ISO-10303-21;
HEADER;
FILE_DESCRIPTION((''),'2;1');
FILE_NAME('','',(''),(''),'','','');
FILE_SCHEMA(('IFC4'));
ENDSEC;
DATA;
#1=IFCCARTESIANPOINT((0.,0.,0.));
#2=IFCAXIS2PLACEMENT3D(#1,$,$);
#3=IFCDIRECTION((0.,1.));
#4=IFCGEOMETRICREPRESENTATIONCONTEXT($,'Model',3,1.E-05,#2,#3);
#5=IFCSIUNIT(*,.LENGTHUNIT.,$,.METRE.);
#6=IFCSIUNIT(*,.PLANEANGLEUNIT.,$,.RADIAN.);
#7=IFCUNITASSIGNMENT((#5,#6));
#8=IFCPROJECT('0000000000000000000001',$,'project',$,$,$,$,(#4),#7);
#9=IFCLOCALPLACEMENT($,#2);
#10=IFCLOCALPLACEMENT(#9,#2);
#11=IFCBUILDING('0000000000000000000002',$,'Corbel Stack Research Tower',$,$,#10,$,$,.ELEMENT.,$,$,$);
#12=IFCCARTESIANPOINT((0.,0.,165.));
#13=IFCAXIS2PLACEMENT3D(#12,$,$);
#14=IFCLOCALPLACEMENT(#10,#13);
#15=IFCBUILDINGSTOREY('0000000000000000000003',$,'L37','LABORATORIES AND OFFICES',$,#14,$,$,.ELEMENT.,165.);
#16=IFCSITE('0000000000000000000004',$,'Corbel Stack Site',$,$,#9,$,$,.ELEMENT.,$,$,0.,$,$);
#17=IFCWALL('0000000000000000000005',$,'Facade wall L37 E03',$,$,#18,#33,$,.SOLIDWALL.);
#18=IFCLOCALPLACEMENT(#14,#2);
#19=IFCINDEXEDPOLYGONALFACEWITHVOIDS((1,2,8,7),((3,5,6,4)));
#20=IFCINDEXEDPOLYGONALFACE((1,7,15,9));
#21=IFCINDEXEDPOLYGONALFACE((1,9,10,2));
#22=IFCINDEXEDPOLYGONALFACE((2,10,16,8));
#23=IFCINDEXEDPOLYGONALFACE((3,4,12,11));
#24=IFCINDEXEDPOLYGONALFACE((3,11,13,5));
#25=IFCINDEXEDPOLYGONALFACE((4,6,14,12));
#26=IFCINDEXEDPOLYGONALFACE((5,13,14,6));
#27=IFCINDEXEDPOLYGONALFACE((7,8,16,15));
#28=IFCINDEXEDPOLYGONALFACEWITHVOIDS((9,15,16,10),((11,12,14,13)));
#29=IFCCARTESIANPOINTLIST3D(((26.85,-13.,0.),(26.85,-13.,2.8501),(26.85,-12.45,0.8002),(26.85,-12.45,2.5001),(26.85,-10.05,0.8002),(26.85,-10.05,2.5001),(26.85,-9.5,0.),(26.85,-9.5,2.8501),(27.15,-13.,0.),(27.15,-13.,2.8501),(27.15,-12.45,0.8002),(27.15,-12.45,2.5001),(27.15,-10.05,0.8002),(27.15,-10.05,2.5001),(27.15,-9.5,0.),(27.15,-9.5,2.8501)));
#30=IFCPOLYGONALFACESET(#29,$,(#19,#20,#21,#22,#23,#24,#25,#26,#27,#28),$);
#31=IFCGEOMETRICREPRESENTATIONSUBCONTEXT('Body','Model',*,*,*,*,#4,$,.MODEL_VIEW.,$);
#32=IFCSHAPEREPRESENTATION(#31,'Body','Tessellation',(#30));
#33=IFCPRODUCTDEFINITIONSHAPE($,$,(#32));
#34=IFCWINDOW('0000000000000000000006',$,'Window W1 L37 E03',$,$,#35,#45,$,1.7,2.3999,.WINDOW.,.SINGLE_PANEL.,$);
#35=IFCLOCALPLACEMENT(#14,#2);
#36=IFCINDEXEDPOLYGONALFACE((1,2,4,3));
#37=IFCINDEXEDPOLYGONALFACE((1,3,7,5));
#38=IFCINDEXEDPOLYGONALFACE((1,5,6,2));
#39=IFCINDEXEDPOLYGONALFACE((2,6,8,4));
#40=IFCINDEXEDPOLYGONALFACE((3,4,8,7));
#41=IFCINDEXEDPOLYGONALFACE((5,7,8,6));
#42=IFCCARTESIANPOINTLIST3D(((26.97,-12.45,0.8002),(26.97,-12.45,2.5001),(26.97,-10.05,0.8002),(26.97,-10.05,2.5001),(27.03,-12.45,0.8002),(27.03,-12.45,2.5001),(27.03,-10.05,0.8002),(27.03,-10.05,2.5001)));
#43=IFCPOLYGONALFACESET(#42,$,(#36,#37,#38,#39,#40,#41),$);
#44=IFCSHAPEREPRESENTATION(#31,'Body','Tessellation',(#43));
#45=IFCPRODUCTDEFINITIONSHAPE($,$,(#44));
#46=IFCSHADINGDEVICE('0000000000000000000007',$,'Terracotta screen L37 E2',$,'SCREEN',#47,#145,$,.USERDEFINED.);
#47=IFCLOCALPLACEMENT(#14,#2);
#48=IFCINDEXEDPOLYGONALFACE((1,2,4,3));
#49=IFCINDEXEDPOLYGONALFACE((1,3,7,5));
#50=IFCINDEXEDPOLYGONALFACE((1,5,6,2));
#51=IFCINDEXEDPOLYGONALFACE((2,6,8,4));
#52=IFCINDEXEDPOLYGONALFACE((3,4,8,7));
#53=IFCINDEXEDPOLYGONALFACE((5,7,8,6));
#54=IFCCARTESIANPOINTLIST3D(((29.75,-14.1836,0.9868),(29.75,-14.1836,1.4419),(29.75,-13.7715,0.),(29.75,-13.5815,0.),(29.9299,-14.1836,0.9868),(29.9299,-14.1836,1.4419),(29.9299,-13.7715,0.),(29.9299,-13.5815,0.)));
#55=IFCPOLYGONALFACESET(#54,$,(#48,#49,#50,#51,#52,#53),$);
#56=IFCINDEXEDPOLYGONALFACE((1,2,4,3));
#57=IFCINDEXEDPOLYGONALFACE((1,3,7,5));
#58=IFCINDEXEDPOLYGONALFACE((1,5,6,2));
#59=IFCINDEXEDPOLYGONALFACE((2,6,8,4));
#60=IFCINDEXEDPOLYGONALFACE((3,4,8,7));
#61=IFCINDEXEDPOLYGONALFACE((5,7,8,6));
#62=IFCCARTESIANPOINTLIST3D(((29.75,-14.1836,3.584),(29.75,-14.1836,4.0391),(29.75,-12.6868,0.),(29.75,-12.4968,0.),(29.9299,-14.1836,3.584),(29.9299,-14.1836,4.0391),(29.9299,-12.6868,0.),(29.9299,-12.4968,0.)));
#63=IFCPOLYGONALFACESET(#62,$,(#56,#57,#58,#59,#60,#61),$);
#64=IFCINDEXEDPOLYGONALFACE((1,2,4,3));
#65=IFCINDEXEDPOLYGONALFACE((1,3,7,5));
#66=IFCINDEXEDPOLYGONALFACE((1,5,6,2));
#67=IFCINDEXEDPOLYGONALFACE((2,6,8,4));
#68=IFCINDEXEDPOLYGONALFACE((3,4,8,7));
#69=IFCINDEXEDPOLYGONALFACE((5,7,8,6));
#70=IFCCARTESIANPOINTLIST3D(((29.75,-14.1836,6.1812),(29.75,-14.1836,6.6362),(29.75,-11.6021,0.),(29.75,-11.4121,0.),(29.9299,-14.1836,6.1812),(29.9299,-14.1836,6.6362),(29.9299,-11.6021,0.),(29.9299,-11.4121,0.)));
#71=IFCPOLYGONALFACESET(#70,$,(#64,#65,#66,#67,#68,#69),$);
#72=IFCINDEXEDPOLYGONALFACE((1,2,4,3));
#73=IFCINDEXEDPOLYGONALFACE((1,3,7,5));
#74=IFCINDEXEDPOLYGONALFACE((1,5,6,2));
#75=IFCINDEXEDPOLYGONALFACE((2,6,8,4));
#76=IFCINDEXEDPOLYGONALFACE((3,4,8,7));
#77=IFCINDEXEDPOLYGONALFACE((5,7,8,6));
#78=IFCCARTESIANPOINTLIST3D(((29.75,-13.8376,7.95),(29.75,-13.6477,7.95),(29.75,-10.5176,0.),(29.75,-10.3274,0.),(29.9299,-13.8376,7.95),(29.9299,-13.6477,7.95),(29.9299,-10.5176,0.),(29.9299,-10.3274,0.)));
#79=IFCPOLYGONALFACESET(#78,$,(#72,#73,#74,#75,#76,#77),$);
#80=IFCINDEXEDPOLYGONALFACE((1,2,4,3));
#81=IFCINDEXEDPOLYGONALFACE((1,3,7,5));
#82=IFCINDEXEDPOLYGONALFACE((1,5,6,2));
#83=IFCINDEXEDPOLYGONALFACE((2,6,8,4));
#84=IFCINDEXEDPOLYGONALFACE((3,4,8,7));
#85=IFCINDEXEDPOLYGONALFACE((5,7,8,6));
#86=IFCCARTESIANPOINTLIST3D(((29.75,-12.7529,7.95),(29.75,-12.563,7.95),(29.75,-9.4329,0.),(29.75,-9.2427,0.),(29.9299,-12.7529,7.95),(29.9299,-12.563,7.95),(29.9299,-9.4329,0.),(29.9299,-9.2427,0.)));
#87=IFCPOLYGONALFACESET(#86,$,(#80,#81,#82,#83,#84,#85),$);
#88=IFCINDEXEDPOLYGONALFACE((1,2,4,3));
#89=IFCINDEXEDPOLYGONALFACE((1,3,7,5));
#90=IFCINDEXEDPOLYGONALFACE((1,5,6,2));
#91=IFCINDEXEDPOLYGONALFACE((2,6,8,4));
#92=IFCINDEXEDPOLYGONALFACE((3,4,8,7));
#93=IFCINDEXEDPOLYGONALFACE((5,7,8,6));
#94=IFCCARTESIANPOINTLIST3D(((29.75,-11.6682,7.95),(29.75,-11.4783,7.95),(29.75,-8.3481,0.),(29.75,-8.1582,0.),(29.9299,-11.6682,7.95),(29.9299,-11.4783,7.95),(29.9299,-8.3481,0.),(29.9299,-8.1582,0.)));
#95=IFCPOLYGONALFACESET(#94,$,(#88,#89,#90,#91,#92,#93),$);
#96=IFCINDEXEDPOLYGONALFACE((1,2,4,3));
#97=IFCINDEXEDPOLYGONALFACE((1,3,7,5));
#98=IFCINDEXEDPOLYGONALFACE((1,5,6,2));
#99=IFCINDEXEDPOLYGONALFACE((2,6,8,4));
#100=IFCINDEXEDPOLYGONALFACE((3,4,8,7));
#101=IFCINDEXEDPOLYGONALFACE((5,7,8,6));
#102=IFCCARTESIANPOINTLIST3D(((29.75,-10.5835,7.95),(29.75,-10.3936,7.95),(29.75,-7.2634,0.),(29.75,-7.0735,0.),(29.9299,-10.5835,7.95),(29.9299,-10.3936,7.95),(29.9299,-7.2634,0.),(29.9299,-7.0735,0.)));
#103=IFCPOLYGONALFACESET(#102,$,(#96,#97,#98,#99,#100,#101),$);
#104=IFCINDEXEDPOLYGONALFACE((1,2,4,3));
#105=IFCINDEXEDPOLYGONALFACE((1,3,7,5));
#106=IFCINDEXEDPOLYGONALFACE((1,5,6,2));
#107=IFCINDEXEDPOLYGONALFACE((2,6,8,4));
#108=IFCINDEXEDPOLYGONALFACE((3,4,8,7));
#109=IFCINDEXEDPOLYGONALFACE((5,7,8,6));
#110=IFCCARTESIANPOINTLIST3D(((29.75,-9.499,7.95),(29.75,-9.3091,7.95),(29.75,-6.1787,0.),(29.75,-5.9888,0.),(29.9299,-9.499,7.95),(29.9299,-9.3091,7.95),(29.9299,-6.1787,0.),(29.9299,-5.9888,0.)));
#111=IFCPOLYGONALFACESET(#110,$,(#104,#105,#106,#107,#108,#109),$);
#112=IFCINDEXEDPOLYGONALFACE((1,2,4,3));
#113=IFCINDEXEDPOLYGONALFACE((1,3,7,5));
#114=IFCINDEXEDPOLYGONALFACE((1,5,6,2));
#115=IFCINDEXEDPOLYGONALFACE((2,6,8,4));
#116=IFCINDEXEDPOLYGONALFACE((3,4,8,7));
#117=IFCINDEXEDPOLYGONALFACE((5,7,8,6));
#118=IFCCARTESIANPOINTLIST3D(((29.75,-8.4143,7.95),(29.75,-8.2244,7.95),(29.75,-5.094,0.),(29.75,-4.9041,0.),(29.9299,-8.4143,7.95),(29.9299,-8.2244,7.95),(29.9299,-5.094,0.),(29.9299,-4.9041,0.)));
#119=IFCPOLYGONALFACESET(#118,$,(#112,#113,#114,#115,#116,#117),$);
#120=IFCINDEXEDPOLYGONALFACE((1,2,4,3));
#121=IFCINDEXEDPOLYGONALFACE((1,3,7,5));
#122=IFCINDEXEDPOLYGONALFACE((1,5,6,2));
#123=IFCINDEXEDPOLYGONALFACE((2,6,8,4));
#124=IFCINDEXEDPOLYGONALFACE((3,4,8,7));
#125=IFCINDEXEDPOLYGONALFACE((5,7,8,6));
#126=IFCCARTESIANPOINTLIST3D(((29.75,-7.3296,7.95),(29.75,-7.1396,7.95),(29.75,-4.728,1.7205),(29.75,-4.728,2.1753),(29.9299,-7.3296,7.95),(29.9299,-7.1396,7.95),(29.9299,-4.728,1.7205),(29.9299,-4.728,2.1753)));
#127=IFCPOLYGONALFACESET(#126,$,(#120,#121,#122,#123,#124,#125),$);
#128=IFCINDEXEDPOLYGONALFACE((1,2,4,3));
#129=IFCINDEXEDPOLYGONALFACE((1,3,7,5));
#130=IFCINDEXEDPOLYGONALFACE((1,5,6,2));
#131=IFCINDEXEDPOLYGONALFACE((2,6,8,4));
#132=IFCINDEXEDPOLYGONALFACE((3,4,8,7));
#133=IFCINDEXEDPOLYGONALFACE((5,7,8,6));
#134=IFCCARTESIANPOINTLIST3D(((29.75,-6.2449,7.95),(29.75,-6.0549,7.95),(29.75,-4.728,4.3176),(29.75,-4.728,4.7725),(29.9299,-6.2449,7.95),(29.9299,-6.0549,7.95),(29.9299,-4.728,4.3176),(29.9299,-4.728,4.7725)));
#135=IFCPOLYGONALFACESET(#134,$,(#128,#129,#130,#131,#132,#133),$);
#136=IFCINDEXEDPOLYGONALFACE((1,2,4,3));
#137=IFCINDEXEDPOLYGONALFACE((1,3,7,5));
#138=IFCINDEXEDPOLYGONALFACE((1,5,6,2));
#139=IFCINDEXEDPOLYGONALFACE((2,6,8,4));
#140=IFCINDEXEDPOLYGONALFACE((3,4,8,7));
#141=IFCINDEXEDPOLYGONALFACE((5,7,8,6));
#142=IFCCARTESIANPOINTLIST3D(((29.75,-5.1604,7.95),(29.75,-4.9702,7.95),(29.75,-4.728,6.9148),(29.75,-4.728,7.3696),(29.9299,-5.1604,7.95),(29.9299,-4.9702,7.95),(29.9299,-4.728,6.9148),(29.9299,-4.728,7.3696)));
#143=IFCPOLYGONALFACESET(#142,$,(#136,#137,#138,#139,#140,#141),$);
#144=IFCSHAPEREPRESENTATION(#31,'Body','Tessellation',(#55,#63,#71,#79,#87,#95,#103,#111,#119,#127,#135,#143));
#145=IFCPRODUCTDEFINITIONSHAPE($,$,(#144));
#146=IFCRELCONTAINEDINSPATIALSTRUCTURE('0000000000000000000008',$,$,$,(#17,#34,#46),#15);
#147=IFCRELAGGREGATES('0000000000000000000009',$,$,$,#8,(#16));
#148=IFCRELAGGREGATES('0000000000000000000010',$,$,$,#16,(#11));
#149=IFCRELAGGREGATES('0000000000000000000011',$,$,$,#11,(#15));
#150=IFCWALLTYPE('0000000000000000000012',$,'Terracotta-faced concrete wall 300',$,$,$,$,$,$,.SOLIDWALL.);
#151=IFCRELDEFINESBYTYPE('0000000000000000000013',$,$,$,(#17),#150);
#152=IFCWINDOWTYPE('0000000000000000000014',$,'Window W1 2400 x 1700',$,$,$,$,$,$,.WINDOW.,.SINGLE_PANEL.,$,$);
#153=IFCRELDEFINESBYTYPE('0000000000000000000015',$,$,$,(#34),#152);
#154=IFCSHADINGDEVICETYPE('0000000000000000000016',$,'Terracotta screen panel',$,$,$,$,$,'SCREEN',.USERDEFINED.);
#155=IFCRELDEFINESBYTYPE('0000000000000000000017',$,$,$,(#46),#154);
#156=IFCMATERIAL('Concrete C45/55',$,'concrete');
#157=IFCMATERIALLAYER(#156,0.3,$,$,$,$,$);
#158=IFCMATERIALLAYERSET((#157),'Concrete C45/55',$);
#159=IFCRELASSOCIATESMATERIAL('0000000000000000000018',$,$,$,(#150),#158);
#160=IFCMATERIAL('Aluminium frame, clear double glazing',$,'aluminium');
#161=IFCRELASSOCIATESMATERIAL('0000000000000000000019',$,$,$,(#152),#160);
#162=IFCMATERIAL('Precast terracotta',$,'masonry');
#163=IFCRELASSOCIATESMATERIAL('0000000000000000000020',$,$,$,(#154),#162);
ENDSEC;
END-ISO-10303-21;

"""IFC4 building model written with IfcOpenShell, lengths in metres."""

from ifc_helpers import new_model, si_unit, direction, frame, frame_2d, origin, place, context, subcontext, project, spatial, polyline, rectangle, outline, extrude, source, transform, mapped, material, layer, layer_set, type_object, element, fill, save


model = new_model("IFC4")

# Units and contexts
model_context = context("Model", 3, precision=1e-05, world=origin(), true_north=direction((0.0, 1.0)))
body_context = subcontext(model_context, "Body", "Model", "MODEL_VIEW")
ifc_project = project(units=[si_unit("LENGTHUNIT", "METRE"), si_unit("PLANEANGLEUNIT", "RADIAN")], contexts=[model_context])

# Site, building, storey
site_placement = place(None, origin())
site = spatial("IfcSite", under=ifc_project, at=site_placement, Name="Corbel Stack Site", CompositionType="ELEMENT", RefElevation=0.0)
building_placement = place(site_placement, origin())
building = spatial("IfcBuilding", under=site, at=building_placement, Name="Corbel Stack Research Tower", CompositionType="ELEMENT")
storey_placement = place(building_placement, frame((0.0, 0.0, 165.0)))
storey = spatial("IfcBuildingStorey", under=building, at=storey_placement, Name="L37", Description="LABORATORIES AND OFFICES", CompositionType="ELEMENT", Elevation=165.0)

# Shared definitions
ifc_material_1 = material(Name="Concrete C45/55", Category="concrete")
ifc_layer_1 = layer(ifc_material_1, 0.3)
ifc_layer_set_1 = layer_set([ifc_layer_1], Name="Concrete C45/55")
wall_type_1 = type_object("IfcWallType", Name="Terracotta-faced concrete wall 300", PredefinedType="SOLIDWALL", material=ifc_layer_set_1)

# Wall, opening, window
wall_1_placement = place(storey_placement, frame((27.0, -9.5, 0.0), z_axis=(0.0, 0.0, 1.0), x_axis=(0.0, -1.0, 0.0)))
wall_1 = element("IfcWall", 1, at=wall_1_placement, inside=storey, type_object=wall_type_1, Name="Facade wall L37 E03", PredefinedType="SOLIDWALL", context=body_context, shape_type="SweptSolid", body=[
    extrude(rectangle(XDim=3.5, YDim=0.3, at=frame_2d((1.75, 0.0))), origin(), (0.0, 0.0, 1.0), 2.8501),
])
opening_1_placement = place(wall_1_placement, frame((0.55, 0.0, 0.8)))
opening_1 = element("IfcOpeningElement", 2, at=opening_1_placement, cuts=wall_1, PredefinedType="OPENING", context=body_context, shape_type="SweptSolid", body=[
    extrude(rectangle(XDim=2.3999, YDim=1.7, at=frame_2d((1.2, 0.8501))), frame((0.0, 0.1599, 0.0), z_axis=(0.0, -1.0, 0.0), x_axis=(1.0, 0.0, 0.0)), (0.0, 0.0, 1.0), 0.3201),
])
ifc_material_2 = material(Name="Aluminium frame, clear double glazing", Category="aluminium")
window_type = type_object("IfcWindowType", Name="Window W1 2400 x 1700", PartitioningType="SINGLE_PANEL", PredefinedType="WINDOW", material=ifc_material_2)
window_placement = place(opening_1_placement, origin())
window = element("IfcWindow", 3, at=window_placement, inside=storey, type_object=window_type, Name="Window W1 L37 E03", OverallHeight=1.7, OverallWidth=2.3999, PartitioningType="SINGLE_PANEL", PredefinedType="WINDOW", context=body_context, shape_type="SweptSolid", body=[
    extrude(rectangle(XDim=2.3999, YDim=1.7, at=frame_2d((1.2, 0.8501))), frame((0.0, 0.03, 0.0), z_axis=(0.0, -1.0, 0.0), x_axis=(1.0, 0.0, 0.0)), (0.0, 0.0, 1.0), 0.0601),
])
fill(opening_1, window)

# Shading device
ifc_material_3 = material(Name="Precast terracotta", Category="masonry")
shading_device_type = type_object("IfcShadingDeviceType", Name="Terracotta screen panel", ElementType="SCREEN", PredefinedType="USERDEFINED", material=ifc_material_3)
shared_shape = source(origin(), body_context, "Body", "SweptSolid", [
    extrude(outline(polyline([(0.6021, 0.0), (0.0, 1.4419), (0.0, 0.9868), (0.4121, 0.0), (0.6021, 0.0)])), frame((0.0, 0.0, 0.0), z_axis=(0.0, -1.0, 0.0), x_axis=(1.0, 0.0, 0.0)), (0.0, 0.0, 1.0), 0.1799),
    extrude(outline(polyline([(1.6868, 0.0), (0.0, 4.0391), (0.0, 3.584), (1.4968, 0.0), (1.6868, 0.0)])), frame((0.0, 0.0, 0.0), z_axis=(0.0, -1.0, 0.0), x_axis=(1.0, 0.0, 0.0)), (0.0, 0.0, 1.0), 0.1799),
    extrude(outline(polyline([(2.7715, 0.0), (0.0, 6.6362), (0.0, 6.1812), (2.5815, 0.0), (2.7715, 0.0)])), frame((0.0, 0.0, 0.0), z_axis=(0.0, -1.0, 0.0), x_axis=(1.0, 0.0, 0.0)), (0.0, 0.0, 1.0), 0.1799),
    extrude(outline(polyline([(3.8562, 0.0), (0.5359, 7.95), (0.3459, 7.95), (3.666, 0.0), (3.8562, 0.0)])), frame((0.0, 0.0, 0.0), z_axis=(0.0, -1.0, 0.0), x_axis=(1.0, 0.0, 0.0)), (0.0, 0.0, 1.0), 0.1799),
    extrude(outline(polyline([(4.9409, 0.0), (1.6206, 7.95), (1.4307, 7.95), (4.7507, 0.0), (4.9409, 0.0)])), frame((0.0, 0.0, 0.0), z_axis=(0.0, -1.0, 0.0), x_axis=(1.0, 0.0, 0.0)), (0.0, 0.0, 1.0), 0.1799),
    extrude(outline(polyline([(6.0254, 0.0), (2.7053, 7.95), (2.5154, 7.95), (5.8354, 0.0), (6.0254, 0.0)])), frame((0.0, 0.0, 0.0), z_axis=(0.0, -1.0, 0.0), x_axis=(1.0, 0.0, 0.0)), (0.0, 0.0, 1.0), 0.1799),
    extrude(outline(polyline([(7.1101, 0.0), (3.79, 7.95), (3.6001, 7.95), (6.9202, 0.0), (7.1101, 0.0)])), frame((0.0, 0.0, 0.0), z_axis=(0.0, -1.0, 0.0), x_axis=(1.0, 0.0, 0.0)), (0.0, 0.0, 1.0), 0.1799),
    extrude(outline(polyline([(8.1948, 0.0), (4.8745, 7.95), (4.6846, 7.95), (8.0049, 0.0), (8.1948, 0.0)])), frame((0.0, 0.0, 0.0), z_axis=(0.0, -1.0, 0.0), x_axis=(1.0, 0.0, 0.0)), (0.0, 0.0, 1.0), 0.1799),
    extrude(outline(polyline([(9.2795, 0.0), (5.9592, 7.95), (5.7693, 7.95), (9.0896, 0.0), (9.2795, 0.0)])), frame((0.0, 0.0, 0.0), z_axis=(0.0, -1.0, 0.0), x_axis=(1.0, 0.0, 0.0)), (0.0, 0.0, 1.0), 0.1799),
    extrude(outline(polyline([(7.0439, 7.95), (6.854, 7.95), (9.4556, 1.7205), (9.4556, 2.1753), (7.0439, 7.95)])), frame((0.0, 0.0, 0.0), z_axis=(0.0, -1.0, 0.0), x_axis=(1.0, 0.0, 0.0)), (0.0, 0.0, 1.0), 0.1799),
    extrude(outline(polyline([(8.1287, 7.95), (7.9387, 7.95), (9.4556, 4.3176), (9.4556, 4.7725), (8.1287, 7.95)])), frame((0.0, 0.0, 0.0), z_axis=(0.0, -1.0, 0.0), x_axis=(1.0, 0.0, 0.0)), (0.0, 0.0, 1.0), 0.1799),
    extrude(outline(polyline([(9.2134, 7.95), (9.0232, 7.95), (9.4556, 6.9148), (9.4556, 7.3696), (9.2134, 7.95)])), frame((0.0, 0.0, 0.0), z_axis=(0.0, -1.0, 0.0), x_axis=(1.0, 0.0, 0.0)), (0.0, 0.0, 1.0), 0.1799),
])
shading_device_placement = place(storey_placement, frame((29.75, -14.1836, 0.0), z_axis=(0.0, 0.0, 1.0), x_axis=(0.0, 1.0, 0.0)))
element("IfcShadingDevice", 4, at=shading_device_placement, inside=storey, type_object=shading_device_type, Name="Terracotta screen L37 E2", ObjectType="SCREEN", PredefinedType="USERDEFINED", context=body_context, shape_type="MappedRepresentation", body=[
    mapped(shared_shape, transform((0.0, 0.0, 0.0))),
])

save(model, "model.ifc")
